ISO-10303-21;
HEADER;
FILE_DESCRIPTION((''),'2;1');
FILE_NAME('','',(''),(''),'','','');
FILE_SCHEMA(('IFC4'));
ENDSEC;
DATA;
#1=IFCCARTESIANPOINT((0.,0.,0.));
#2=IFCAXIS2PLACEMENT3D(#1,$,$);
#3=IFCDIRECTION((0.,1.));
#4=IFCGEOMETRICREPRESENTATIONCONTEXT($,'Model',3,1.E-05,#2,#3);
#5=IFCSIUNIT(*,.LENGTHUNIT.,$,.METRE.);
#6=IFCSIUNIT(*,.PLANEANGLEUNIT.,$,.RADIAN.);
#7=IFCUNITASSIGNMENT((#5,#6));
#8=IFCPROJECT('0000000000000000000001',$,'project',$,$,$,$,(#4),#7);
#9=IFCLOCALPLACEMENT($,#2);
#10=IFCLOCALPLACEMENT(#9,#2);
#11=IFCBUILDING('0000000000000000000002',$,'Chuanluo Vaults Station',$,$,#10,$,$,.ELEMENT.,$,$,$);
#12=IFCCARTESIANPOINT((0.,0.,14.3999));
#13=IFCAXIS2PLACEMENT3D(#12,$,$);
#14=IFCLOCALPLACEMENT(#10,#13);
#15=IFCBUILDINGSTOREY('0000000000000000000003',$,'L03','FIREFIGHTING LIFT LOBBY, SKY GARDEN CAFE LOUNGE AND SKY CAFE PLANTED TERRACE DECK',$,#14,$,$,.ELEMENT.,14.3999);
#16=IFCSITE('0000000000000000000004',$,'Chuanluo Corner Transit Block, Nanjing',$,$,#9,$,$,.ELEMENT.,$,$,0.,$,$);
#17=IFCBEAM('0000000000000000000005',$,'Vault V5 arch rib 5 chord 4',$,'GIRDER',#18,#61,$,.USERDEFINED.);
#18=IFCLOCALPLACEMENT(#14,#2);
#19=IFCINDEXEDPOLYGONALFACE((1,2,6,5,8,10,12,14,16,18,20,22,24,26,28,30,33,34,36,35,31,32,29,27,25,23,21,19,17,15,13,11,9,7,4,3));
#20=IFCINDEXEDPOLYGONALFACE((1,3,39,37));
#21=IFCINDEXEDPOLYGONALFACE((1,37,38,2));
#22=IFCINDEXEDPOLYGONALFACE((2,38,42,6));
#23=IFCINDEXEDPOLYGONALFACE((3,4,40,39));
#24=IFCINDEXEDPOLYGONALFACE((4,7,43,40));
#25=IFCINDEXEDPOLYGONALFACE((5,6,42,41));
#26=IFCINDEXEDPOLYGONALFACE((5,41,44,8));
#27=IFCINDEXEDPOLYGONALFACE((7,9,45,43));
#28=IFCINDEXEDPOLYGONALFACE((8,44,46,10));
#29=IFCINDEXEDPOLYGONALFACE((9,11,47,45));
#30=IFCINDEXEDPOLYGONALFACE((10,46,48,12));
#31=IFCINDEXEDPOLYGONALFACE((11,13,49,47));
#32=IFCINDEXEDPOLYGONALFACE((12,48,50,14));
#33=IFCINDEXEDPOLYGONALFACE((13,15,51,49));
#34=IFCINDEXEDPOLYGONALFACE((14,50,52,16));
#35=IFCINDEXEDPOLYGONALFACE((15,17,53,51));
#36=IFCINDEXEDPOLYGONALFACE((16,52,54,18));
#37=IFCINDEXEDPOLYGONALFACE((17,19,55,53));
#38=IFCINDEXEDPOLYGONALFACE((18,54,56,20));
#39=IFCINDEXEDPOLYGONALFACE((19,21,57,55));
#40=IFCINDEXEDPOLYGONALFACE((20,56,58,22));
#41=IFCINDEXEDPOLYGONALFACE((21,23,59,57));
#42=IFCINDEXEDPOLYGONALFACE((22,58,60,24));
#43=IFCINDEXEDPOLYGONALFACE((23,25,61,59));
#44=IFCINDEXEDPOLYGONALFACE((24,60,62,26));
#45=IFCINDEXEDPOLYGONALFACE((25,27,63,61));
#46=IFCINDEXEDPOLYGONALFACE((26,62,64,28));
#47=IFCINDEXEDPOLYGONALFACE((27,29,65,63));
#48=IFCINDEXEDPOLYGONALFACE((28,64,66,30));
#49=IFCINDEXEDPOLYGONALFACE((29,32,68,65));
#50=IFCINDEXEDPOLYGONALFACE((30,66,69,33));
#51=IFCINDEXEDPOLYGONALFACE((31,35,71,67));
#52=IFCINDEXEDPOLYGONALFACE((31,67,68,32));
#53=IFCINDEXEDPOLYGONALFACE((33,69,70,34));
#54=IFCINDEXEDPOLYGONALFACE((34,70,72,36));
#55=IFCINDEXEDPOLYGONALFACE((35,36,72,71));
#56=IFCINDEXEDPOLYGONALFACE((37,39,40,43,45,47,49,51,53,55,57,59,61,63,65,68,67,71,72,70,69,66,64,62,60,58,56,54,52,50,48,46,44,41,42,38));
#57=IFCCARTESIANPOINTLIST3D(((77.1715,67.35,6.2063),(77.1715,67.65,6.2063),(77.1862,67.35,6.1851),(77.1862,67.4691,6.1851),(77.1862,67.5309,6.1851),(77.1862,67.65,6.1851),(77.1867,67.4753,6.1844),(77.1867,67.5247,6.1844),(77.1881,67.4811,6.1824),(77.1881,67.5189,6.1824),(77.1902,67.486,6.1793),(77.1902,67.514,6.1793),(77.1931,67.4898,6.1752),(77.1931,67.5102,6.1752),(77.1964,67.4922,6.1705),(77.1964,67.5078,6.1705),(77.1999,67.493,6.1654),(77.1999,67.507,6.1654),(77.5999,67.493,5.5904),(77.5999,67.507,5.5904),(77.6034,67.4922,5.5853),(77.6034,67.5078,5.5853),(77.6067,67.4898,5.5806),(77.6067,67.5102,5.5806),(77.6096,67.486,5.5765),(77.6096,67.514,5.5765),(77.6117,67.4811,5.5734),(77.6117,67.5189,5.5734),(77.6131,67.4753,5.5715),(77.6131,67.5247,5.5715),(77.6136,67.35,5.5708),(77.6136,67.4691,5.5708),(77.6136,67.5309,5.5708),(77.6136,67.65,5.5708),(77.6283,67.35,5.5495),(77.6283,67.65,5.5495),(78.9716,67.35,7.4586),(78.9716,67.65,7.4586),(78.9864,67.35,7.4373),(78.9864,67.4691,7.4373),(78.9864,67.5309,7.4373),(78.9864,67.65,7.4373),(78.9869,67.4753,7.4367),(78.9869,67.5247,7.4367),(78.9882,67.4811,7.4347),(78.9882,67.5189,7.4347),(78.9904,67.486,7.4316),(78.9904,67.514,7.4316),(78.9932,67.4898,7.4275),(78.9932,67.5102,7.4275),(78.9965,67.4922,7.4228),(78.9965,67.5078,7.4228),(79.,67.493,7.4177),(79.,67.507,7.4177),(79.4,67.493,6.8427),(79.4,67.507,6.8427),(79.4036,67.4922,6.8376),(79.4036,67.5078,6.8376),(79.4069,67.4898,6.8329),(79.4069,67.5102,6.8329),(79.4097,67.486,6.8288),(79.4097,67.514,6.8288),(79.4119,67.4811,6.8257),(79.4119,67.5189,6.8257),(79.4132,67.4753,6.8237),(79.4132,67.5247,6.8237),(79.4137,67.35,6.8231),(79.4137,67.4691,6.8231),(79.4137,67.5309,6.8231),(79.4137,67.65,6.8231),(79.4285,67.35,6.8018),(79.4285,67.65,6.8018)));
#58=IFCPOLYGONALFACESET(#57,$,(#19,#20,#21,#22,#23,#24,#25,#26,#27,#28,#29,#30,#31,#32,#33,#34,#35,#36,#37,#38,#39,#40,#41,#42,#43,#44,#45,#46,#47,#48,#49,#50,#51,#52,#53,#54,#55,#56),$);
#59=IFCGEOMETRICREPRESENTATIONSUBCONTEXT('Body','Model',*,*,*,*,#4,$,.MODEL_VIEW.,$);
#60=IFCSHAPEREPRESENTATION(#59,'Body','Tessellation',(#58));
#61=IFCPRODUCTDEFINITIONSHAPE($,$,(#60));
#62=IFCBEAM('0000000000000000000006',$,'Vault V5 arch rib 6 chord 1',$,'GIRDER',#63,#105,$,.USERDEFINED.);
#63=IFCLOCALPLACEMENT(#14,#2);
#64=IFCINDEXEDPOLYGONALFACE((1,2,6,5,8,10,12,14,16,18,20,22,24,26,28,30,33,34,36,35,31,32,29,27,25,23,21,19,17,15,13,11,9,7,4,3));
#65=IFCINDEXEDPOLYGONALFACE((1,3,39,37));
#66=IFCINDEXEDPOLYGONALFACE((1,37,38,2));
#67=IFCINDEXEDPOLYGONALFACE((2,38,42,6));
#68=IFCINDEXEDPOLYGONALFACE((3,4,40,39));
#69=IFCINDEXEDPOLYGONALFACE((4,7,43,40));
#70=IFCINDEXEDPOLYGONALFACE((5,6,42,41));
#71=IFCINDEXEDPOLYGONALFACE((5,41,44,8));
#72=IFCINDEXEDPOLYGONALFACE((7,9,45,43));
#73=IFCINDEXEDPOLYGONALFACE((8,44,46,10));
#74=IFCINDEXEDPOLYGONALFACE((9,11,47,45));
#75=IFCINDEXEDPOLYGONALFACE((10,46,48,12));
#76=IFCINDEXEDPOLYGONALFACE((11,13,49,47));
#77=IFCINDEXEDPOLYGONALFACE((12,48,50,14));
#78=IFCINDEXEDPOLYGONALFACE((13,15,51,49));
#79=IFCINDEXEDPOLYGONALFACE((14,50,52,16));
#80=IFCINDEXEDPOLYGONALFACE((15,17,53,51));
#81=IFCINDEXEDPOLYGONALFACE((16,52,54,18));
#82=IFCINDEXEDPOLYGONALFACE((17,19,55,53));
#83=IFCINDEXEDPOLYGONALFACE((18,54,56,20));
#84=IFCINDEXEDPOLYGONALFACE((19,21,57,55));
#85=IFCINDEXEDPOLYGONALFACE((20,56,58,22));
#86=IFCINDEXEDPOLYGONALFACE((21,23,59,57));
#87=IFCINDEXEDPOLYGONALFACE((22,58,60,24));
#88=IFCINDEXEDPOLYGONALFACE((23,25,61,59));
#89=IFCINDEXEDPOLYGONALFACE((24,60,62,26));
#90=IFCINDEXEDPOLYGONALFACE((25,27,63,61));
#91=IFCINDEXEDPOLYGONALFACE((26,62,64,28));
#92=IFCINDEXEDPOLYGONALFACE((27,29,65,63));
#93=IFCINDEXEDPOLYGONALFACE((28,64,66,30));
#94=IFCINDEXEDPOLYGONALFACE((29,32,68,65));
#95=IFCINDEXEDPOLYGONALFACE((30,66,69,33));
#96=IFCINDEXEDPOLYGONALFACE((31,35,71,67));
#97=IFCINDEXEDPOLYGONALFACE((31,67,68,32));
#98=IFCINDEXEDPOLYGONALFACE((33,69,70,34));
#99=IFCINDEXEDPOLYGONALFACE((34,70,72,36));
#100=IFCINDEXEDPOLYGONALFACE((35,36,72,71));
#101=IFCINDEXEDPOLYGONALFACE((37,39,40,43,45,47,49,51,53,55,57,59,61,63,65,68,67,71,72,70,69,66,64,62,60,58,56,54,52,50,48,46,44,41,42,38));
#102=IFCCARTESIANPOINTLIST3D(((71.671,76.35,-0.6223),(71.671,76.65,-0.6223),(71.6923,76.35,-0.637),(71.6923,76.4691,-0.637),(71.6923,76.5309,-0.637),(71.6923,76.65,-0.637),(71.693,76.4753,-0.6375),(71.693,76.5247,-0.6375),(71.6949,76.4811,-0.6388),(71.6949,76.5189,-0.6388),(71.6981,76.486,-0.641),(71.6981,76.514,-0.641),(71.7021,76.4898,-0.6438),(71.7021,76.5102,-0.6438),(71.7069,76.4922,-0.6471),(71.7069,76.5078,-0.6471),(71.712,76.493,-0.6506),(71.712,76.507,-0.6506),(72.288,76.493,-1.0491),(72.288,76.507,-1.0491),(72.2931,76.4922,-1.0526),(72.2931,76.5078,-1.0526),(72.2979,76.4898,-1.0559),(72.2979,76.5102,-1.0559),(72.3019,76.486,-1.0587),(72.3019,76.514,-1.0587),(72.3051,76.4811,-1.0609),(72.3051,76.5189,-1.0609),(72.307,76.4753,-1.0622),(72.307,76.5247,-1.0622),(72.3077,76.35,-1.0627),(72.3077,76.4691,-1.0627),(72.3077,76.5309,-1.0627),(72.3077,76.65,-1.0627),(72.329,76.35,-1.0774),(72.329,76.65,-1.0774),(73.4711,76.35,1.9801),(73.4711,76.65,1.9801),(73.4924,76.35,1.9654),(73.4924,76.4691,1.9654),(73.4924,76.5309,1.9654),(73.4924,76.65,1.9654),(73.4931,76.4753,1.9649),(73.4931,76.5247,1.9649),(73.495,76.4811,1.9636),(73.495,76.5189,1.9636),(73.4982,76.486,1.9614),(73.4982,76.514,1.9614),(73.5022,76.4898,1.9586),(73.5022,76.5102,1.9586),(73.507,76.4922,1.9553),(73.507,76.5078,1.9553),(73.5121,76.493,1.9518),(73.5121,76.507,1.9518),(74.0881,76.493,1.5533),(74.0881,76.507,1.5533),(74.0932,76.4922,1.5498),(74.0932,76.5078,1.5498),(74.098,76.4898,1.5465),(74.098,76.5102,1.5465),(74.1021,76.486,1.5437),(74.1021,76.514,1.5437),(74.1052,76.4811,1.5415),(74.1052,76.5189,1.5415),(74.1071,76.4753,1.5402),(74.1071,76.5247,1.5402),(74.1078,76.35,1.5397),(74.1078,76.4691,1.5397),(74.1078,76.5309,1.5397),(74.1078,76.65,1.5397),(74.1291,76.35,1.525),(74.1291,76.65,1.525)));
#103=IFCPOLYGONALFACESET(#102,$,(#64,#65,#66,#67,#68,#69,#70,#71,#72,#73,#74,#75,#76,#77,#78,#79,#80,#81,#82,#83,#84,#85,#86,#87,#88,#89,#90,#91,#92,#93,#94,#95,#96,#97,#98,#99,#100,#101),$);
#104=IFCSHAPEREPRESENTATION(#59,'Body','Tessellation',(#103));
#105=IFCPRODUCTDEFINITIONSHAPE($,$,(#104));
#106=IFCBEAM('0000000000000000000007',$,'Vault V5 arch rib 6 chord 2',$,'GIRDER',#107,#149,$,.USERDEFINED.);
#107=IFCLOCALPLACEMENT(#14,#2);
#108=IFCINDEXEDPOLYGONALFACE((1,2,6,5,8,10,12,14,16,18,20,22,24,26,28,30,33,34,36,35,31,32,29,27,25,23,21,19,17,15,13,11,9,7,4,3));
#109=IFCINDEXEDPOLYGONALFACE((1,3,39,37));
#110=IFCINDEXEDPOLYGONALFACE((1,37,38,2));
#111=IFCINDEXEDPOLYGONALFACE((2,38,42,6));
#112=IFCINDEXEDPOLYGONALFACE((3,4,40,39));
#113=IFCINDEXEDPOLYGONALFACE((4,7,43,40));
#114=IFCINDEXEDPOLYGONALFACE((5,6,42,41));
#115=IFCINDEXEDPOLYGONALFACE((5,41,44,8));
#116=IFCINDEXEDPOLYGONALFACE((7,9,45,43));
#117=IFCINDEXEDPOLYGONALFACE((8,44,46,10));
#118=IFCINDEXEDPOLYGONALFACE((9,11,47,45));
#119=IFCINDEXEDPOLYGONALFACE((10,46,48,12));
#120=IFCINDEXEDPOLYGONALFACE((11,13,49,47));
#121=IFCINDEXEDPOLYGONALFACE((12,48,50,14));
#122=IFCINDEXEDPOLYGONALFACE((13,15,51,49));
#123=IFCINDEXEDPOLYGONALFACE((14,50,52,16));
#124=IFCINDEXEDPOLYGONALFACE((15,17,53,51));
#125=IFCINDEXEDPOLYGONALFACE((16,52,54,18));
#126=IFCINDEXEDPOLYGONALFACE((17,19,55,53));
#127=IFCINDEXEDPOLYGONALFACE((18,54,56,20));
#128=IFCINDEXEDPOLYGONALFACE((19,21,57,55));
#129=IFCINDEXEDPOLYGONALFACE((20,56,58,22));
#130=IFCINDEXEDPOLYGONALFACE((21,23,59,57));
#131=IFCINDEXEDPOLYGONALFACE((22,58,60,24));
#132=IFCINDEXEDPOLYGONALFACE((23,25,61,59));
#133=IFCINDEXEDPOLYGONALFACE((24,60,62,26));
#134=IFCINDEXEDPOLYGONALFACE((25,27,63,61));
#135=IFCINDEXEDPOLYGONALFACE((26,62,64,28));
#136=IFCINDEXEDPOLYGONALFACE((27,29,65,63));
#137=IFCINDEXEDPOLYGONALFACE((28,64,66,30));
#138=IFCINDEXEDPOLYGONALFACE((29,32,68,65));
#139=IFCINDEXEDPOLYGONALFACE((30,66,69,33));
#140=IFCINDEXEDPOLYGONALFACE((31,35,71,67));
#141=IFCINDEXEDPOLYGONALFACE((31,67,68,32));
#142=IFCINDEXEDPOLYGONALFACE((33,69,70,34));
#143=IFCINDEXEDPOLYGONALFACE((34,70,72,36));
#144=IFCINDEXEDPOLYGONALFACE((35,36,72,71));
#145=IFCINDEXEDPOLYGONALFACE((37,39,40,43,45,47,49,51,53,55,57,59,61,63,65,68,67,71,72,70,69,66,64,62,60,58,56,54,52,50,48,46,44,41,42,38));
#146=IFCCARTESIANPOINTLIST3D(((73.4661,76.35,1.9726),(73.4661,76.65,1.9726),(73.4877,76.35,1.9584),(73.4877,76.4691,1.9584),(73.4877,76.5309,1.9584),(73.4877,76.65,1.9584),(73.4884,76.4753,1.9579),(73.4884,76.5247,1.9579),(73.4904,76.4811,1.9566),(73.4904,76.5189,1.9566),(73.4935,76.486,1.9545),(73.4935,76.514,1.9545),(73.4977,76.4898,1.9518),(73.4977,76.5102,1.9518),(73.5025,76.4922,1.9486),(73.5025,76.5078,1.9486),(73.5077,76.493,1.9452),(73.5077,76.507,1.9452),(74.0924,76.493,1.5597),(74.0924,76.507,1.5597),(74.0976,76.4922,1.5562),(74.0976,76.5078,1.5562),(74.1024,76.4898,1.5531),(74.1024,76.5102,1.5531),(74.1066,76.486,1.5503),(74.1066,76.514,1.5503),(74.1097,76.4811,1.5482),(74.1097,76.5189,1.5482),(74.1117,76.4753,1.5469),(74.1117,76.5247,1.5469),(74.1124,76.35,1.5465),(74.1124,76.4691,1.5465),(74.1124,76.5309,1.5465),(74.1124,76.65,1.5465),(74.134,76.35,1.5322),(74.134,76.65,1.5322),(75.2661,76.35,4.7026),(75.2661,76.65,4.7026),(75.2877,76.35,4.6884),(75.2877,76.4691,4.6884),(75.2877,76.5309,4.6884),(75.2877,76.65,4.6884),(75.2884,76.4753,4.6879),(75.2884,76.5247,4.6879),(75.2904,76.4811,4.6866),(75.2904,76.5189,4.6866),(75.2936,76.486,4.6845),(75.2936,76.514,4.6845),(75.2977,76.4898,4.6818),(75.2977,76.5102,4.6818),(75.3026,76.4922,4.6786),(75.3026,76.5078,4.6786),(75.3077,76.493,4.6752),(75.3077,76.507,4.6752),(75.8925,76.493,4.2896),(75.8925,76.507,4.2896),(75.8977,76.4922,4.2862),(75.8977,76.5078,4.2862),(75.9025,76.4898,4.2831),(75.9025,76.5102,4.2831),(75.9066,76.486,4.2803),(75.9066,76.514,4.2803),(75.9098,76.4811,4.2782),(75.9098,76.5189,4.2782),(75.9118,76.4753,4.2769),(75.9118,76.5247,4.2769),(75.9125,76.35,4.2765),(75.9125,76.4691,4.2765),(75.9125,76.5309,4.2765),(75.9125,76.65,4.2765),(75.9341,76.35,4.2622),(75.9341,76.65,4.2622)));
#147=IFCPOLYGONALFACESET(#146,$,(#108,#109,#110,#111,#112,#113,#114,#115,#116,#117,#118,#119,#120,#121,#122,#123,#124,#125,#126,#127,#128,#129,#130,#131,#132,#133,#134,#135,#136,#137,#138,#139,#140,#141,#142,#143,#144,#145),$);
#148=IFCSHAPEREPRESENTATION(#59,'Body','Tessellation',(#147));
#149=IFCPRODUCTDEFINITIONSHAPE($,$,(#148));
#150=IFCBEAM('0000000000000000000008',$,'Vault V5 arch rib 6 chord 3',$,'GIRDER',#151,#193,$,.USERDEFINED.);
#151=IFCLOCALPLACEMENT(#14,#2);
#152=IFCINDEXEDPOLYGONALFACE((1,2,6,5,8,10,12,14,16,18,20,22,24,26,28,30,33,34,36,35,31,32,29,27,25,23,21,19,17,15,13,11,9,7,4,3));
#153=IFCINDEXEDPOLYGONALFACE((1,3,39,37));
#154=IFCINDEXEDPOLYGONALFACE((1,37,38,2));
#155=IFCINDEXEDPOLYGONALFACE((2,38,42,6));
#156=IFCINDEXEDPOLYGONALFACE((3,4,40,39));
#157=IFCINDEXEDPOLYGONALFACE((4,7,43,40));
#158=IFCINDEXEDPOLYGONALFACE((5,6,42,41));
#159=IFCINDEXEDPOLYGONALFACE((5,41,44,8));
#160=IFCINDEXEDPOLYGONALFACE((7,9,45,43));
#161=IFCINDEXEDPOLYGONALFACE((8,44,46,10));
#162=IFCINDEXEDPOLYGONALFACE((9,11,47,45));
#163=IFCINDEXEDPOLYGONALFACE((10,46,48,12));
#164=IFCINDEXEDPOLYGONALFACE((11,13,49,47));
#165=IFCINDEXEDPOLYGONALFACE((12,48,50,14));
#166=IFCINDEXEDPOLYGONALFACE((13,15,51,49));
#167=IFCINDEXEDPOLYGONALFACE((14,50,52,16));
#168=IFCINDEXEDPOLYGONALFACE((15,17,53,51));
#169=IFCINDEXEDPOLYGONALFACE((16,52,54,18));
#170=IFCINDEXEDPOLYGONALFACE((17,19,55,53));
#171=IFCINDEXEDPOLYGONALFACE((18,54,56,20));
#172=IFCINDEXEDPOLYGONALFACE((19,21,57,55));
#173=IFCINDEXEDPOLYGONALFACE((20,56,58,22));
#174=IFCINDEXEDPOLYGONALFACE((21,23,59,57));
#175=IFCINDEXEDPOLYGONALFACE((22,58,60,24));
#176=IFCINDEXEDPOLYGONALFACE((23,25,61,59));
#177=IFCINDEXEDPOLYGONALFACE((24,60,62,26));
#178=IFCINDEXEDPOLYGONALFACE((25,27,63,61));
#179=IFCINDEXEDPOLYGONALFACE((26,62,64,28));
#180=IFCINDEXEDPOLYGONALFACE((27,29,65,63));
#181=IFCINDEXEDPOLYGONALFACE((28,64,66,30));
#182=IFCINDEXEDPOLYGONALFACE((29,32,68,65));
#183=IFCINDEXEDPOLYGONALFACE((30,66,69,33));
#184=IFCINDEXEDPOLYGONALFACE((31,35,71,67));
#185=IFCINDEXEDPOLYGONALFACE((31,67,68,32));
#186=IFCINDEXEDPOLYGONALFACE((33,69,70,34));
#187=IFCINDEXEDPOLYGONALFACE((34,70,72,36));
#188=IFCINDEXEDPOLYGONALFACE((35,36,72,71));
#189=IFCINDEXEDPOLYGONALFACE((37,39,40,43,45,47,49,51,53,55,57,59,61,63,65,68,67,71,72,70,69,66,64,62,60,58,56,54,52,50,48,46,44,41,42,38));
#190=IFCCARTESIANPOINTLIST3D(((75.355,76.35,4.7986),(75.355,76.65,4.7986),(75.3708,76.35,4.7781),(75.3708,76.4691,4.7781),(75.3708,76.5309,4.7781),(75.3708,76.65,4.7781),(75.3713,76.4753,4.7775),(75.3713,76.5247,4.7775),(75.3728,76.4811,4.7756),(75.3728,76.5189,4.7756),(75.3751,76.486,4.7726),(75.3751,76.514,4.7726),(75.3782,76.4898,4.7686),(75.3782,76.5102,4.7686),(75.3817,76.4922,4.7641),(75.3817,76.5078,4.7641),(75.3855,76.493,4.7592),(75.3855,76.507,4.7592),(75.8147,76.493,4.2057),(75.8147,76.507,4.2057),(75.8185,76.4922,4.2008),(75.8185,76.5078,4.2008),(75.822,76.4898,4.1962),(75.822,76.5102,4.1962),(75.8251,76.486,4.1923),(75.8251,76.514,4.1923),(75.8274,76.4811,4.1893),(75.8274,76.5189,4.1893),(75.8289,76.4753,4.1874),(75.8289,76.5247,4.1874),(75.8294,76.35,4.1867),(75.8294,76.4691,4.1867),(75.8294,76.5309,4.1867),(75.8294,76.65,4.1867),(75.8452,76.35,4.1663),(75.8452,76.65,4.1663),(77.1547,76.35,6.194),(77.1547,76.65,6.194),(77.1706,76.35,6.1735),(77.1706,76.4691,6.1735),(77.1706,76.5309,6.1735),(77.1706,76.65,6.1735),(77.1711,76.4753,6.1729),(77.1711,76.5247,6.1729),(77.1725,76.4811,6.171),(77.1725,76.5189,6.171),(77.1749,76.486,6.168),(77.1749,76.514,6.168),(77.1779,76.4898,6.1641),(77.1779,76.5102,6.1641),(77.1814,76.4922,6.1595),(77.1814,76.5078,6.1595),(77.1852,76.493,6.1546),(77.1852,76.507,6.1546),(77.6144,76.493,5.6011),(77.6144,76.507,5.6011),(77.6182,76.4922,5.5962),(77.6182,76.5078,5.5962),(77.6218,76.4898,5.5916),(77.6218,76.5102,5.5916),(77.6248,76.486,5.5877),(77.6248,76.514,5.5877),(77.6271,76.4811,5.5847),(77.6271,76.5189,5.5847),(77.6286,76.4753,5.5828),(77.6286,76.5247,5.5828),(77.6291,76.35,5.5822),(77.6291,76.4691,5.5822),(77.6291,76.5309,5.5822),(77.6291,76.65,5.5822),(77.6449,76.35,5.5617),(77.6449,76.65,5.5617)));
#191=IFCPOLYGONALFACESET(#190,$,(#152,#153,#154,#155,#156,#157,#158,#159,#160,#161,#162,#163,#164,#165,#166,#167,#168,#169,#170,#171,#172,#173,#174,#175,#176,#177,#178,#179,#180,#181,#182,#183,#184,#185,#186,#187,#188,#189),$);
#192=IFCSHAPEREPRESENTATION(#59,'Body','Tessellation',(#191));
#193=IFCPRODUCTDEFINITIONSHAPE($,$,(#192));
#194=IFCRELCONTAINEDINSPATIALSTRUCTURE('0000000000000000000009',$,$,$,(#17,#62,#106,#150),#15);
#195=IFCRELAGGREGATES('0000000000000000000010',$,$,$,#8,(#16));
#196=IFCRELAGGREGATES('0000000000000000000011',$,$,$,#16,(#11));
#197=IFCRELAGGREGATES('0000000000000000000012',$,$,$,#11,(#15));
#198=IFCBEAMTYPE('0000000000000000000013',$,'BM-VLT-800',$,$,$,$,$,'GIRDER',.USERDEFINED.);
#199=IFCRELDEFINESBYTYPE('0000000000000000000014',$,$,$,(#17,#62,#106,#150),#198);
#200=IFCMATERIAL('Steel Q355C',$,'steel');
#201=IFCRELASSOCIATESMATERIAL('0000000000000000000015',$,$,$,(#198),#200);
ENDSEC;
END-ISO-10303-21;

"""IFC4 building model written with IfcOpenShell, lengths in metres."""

from ifc_helpers import new_model, si_unit, direction, frame, origin, origin_2d, place, context, subcontext, project, spatial, i_section, extrude, material, material_profile, profile_set, type_object, element, save


model = new_model("IFC4")

# Units and contexts
model_context = context("Model", 3, precision=1e-05, world=origin(), true_north=direction((0.0, 1.0)))
body_context = subcontext(model_context, "Body", "Model", "MODEL_VIEW")
ifc_project = project(units=[si_unit("LENGTHUNIT", "METRE"), si_unit("PLANEANGLEUNIT", "RADIAN")], contexts=[model_context])

# Site, building, storey
site_placement = place(None, origin())
site = spatial("IfcSite", under=ifc_project, at=site_placement, Name="Chuanluo Corner Transit Block, Nanjing", CompositionType="ELEMENT", RefElevation=0.0)
building_placement = place(site_placement, origin())
building = spatial("IfcBuilding", under=site, at=building_placement, Name="Chuanluo Vaults Station", CompositionType="ELEMENT")
storey_placement = place(building_placement, frame((0.0, 0.0, 14.3999)))
storey = spatial("IfcBuildingStorey", under=building, at=storey_placement, Name="L03", Description="FIREFIGHTING LIFT LOBBY, SKY GARDEN CAFE LOUNGE AND SKY CAFE PLANTED TERRACE DECK", CompositionType="ELEMENT", Elevation=14.3999)

# Beams
ifc_material_1 = material(Name="Steel Q355C", Category="steel")
ifc_material_profile_1 = material_profile(ifc_material_1, i_section(OverallWidth=0.3, OverallDepth=0.8, WebThickness=0.0139, FlangeThickness=0.0259, FilletRadius=0.0239, at=origin_2d()))
ifc_profile_set_1 = profile_set([ifc_material_profile_1], Name="Steel Q355C")
beam_type_1 = type_object("IfcBeamType", Name="BM-VLT-800", ElementType="GIRDER", PredefinedType="USERDEFINED", material=ifc_profile_set_1)
beam_1_placement = place(storey_placement, frame((77.3999, 67.5, 5.8779), z_axis=(0.820907, 0.0, 0.571061), x_axis=(0.0, 1.0, 0.0)))
element("IfcBeam", 1, at=beam_1_placement, inside=storey, type_object=beam_type_1, Name="Vault V5 arch rib 5 chord 4", ObjectType="GIRDER", PredefinedType="USERDEFINED", context=body_context, shape_type="SweptSolid", body=[
    extrude(i_section(OverallWidth=0.3, OverallDepth=0.8, WebThickness=0.0139, FlangeThickness=0.0259, FilletRadius=0.0239, at=origin_2d()), origin(), (0.0, 0.0, 1.0), 2.1929),
])
beam_2_placement = place(storey_placement, frame((72.0, 76.5, -0.8499), z_axis=(0.568881, 0.0, 0.82242), x_axis=(0.0, 1.0, 0.0)))
element("IfcBeam", 2, at=beam_2_placement, inside=storey, type_object=beam_type_1, Name="Vault V5 arch rib 6 chord 1", ObjectType="GIRDER", PredefinedType="USERDEFINED", context=body_context, shape_type="SweptSolid", body=[
    extrude(i_section(OverallWidth=0.3, OverallDepth=0.8, WebThickness=0.0139, FlangeThickness=0.0259, FilletRadius=0.0239, at=origin_2d()), origin(), (0.0, 0.0, 1.0), 3.1643),
])
beam_3_placement = place(storey_placement, frame((73.8, 76.5, 1.7524), z_axis=(0.550472, 0.0, 0.834854), x_axis=(0.0, 1.0, 0.0)))
element("IfcBeam", 3, at=beam_3_placement, inside=storey, type_object=beam_type_1, Name="Vault V5 arch rib 6 chord 2", ObjectType="GIRDER", PredefinedType="USERDEFINED", context=body_context, shape_type="SweptSolid", body=[
    extrude(i_section(OverallWidth=0.3, OverallDepth=0.8, WebThickness=0.0139, FlangeThickness=0.0259, FilletRadius=0.0239, at=origin_2d()), origin(), (0.0, 0.0, 1.0), 3.27),
])
beam_4_placement = place(storey_placement, frame((75.6001, 76.5, 4.4824), z_axis=(0.790275, 0.0, 0.612752), x_axis=(0.0, 1.0, 0.0)))
element("IfcBeam", 4, at=beam_4_placement, inside=storey, type_object=beam_type_1, Name="Vault V5 arch rib 6 chord 3", ObjectType="GIRDER", PredefinedType="USERDEFINED", context=body_context, shape_type="SweptSolid", body=[
    extrude(i_section(OverallWidth=0.3, OverallDepth=0.8, WebThickness=0.0139, FlangeThickness=0.0259, FilletRadius=0.0239, at=origin_2d()), origin(), (0.0, 0.0, 1.0), 2.2773),
])

save(model, "model.ifc")
